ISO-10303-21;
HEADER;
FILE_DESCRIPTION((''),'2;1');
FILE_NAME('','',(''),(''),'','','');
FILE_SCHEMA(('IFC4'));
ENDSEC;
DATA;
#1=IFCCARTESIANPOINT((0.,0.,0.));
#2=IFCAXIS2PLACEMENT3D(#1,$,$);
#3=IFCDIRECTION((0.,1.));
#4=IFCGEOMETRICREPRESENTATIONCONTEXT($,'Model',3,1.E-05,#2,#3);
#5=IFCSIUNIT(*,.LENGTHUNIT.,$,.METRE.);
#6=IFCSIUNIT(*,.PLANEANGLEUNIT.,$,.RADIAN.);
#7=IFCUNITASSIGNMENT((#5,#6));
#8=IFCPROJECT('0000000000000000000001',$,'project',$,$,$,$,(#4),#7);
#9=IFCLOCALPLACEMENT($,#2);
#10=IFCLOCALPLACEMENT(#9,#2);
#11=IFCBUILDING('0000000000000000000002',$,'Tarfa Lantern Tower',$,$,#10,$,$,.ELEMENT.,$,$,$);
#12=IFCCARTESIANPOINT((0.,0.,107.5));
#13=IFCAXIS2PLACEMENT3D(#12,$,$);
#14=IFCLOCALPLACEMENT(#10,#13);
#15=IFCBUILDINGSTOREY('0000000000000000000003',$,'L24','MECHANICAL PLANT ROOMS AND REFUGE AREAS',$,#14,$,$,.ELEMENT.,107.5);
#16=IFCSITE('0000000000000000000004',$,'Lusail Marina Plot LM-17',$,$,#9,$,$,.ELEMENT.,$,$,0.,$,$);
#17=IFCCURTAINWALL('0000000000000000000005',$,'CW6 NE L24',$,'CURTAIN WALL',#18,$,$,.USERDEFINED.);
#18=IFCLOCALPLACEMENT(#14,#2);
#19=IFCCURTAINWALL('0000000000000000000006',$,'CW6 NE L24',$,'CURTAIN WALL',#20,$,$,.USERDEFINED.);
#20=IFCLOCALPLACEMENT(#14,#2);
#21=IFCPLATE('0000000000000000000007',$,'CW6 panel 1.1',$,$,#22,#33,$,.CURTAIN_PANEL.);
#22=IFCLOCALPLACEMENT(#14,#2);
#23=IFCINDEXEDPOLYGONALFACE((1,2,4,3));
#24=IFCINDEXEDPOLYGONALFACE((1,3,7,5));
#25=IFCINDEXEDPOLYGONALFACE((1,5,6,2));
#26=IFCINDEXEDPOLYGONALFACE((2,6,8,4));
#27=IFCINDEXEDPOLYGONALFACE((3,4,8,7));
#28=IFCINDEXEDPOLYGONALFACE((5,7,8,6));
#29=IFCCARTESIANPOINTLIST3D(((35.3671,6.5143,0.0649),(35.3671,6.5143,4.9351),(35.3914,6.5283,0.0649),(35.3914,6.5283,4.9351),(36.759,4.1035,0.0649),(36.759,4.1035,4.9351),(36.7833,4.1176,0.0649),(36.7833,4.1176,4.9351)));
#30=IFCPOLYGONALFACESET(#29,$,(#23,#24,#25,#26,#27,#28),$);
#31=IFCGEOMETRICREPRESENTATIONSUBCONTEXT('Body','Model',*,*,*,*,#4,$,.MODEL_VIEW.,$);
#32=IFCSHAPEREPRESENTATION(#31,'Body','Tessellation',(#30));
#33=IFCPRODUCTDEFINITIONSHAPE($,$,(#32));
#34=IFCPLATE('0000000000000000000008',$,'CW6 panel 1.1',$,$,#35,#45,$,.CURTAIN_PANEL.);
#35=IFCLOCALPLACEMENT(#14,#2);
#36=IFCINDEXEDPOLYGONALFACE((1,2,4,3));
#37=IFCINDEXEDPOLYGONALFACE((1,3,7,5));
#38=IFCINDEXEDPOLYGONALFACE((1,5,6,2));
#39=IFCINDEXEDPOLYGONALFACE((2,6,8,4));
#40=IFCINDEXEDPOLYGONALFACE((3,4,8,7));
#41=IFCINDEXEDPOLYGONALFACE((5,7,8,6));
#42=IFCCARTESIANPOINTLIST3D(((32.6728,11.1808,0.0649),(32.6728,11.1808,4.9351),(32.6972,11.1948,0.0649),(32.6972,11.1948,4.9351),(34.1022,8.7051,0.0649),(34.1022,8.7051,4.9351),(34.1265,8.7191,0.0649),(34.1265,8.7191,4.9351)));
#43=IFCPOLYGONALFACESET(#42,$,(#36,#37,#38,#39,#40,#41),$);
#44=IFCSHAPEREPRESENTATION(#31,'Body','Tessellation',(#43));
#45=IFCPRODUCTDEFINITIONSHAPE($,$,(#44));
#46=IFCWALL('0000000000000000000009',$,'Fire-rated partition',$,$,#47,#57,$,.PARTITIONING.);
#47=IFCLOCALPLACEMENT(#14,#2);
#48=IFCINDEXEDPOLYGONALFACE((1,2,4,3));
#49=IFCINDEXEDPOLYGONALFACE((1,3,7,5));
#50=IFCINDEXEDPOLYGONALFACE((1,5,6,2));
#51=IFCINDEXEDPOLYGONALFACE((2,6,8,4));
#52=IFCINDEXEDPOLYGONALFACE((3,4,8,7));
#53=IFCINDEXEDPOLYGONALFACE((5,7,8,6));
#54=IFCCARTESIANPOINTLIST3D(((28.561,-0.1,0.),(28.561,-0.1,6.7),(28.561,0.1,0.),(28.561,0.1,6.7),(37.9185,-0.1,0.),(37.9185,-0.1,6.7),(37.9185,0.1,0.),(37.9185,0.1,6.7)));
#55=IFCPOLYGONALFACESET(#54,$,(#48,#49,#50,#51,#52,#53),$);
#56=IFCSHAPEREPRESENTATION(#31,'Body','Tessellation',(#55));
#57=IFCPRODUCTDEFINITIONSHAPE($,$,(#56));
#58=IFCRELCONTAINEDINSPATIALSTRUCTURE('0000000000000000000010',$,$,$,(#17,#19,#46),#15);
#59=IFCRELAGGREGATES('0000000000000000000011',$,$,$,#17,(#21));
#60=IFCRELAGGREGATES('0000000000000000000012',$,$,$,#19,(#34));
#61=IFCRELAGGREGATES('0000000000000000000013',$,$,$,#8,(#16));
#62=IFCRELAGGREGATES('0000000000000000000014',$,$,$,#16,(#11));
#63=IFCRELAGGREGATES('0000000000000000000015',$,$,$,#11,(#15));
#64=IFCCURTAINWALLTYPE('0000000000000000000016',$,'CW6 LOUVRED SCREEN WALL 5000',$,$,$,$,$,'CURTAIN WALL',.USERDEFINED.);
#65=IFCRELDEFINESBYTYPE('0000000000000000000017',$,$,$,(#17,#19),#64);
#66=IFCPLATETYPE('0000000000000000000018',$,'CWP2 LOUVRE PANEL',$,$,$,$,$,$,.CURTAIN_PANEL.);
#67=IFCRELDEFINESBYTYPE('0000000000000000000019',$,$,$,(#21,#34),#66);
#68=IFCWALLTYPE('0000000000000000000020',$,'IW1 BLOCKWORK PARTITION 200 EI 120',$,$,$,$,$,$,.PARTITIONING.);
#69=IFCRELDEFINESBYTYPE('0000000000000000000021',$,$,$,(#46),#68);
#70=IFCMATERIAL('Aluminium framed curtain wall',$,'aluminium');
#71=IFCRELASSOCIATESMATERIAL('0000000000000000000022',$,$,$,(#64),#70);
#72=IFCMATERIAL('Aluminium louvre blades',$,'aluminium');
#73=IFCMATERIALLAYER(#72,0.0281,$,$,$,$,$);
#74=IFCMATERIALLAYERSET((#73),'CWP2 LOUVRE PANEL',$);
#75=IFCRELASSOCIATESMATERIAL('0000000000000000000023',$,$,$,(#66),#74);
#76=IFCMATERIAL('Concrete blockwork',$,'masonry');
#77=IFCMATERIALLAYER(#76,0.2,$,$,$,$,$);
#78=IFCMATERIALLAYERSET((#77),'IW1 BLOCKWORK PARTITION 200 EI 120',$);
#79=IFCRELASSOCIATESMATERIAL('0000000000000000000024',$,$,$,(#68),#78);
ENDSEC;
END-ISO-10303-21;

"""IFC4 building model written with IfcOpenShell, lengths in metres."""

from ifc_helpers import new_model, si_unit, direction, frame, frame_2d, origin, origin_2d, place, context, subcontext, project, spatial, rectangle, extrude, material, layer, layer_set, type_object, element, aggregate, save


model = new_model("IFC4")

# Units and contexts
model_context = context("Model", 3, precision=1e-05, world=origin(), true_north=direction((0.0, 1.0)))
body_context = subcontext(model_context, "Body", "Model", "MODEL_VIEW")
ifc_project = project(units=[si_unit("LENGTHUNIT", "METRE"), si_unit("PLANEANGLEUNIT", "RADIAN")], contexts=[model_context])

# Site, building, storey
site_placement = place(None, origin())
site = spatial("IfcSite", under=ifc_project, at=site_placement, Name="Lusail Marina Plot LM-17", CompositionType="ELEMENT", RefElevation=0.0)
building_placement = place(site_placement, origin())
building = spatial("IfcBuilding", under=site, at=building_placement, Name="Tarfa Lantern Tower", CompositionType="ELEMENT")
storey_placement = place(building_placement, frame((0.0, 0.0, 107.5)))
storey = spatial("IfcBuildingStorey", under=building, at=storey_placement, Name="L24", Description="MECHANICAL PLANT ROOMS AND REFUGE AREAS", CompositionType="ELEMENT", Elevation=107.5)

# Curtain walls
ifc_material_1 = material(Name="Aluminium framed curtain wall", Category="aluminium")
curtain_wall_type = type_object("IfcCurtainWallType", Name="CW6 LOUVRED SCREEN WALL 5000", ElementType="CURTAIN WALL", PredefinedType="USERDEFINED", material=ifc_material_1)
curtain_wall_1_placement = place(storey_placement, origin())
curtain_wall_1 = element("IfcCurtainWall", 1, at=curtain_wall_1_placement, inside=storey, type_object=curtain_wall_type, Name="CW6 NE L24", ObjectType="CURTAIN WALL", PredefinedType="USERDEFINED")
curtain_wall_2_placement = place(storey_placement, origin())
curtain_wall_2 = element("IfcCurtainWall", 2, at=curtain_wall_2_placement, inside=storey, type_object=curtain_wall_type, Name="CW6 NE L24", ObjectType="CURTAIN WALL", PredefinedType="USERDEFINED")

# Plates
ifc_material_2 = material(Name="Aluminium louvre blades", Category="aluminium")
ifc_layer_1 = layer(ifc_material_2, 0.0281)
ifc_layer_set_1 = layer_set([ifc_layer_1], Name="CWP2 LOUVRE PANEL")
plate_type = type_object("IfcPlateType", Name="CWP2 LOUVRE PANEL", PredefinedType="CURTAIN_PANEL", material=ifc_layer_set_1)
plate_1_placement = place(storey_placement, frame((36.0752, 5.3159, 0.0649), z_axis=(0.0, 0.0, 1.0), x_axis=(-0.5, 0.866025, 0.0)))
plate_1 = element("IfcPlate", 3, at=plate_1_placement, type_object=plate_type, Name="CW6 panel 1.1", PredefinedType="CURTAIN_PANEL", context=body_context, shape_type="SweptSolid", body=[
    extrude(rectangle(XDim=2.7837, YDim=0.0281, at=origin_2d()), origin(), (0.0, 0.0, 1.0), 4.8701),
])
aggregate(curtain_wall_1, [plate_1])
plate_2_placement = place(storey_placement, frame((33.3997, 9.95, 0.0649), z_axis=(0.0, 0.0, 1.0), x_axis=(-0.5, 0.866025, 0.0)))
plate_2 = element("IfcPlate", 4, at=plate_2_placement, type_object=plate_type, Name="CW6 panel 1.1", PredefinedType="CURTAIN_PANEL", context=body_context, shape_type="SweptSolid", body=[
    extrude(rectangle(XDim=2.8586, YDim=0.0281, at=origin_2d()), origin(), (0.0, 0.0, 1.0), 4.8701),
])
aggregate(curtain_wall_2, [plate_2])

# Wall
ifc_material_3 = material(Name="Concrete blockwork", Category="masonry")
ifc_layer_2 = layer(ifc_material_3, 0.2)
ifc_layer_set_2 = layer_set([ifc_layer_2], Name="IW1 BLOCKWORK PARTITION 200 EI 120")
wall_type = type_object("IfcWallType", Name="IW1 BLOCKWORK PARTITION 200 EI 120", PredefinedType="PARTITIONING", material=ifc_layer_set_2)
wall_placement = place(storey_placement, frame((28.561, 0.0, 0.0), z_axis=(0.0, 0.0, 1.0), x_axis=(1.0, 0.0, 0.0)))
element("IfcWall", 5, at=wall_placement, inside=storey, type_object=wall_type, Name="Fire-rated partition", PredefinedType="PARTITIONING", context=body_context, shape_type="SweptSolid", body=[
    extrude(rectangle(XDim=9.3574, YDim=0.2, at=frame_2d((4.6787, 0.0))), origin(), (0.0, 0.0, 1.0), 6.7),
])

save(model, "model.ifc")
